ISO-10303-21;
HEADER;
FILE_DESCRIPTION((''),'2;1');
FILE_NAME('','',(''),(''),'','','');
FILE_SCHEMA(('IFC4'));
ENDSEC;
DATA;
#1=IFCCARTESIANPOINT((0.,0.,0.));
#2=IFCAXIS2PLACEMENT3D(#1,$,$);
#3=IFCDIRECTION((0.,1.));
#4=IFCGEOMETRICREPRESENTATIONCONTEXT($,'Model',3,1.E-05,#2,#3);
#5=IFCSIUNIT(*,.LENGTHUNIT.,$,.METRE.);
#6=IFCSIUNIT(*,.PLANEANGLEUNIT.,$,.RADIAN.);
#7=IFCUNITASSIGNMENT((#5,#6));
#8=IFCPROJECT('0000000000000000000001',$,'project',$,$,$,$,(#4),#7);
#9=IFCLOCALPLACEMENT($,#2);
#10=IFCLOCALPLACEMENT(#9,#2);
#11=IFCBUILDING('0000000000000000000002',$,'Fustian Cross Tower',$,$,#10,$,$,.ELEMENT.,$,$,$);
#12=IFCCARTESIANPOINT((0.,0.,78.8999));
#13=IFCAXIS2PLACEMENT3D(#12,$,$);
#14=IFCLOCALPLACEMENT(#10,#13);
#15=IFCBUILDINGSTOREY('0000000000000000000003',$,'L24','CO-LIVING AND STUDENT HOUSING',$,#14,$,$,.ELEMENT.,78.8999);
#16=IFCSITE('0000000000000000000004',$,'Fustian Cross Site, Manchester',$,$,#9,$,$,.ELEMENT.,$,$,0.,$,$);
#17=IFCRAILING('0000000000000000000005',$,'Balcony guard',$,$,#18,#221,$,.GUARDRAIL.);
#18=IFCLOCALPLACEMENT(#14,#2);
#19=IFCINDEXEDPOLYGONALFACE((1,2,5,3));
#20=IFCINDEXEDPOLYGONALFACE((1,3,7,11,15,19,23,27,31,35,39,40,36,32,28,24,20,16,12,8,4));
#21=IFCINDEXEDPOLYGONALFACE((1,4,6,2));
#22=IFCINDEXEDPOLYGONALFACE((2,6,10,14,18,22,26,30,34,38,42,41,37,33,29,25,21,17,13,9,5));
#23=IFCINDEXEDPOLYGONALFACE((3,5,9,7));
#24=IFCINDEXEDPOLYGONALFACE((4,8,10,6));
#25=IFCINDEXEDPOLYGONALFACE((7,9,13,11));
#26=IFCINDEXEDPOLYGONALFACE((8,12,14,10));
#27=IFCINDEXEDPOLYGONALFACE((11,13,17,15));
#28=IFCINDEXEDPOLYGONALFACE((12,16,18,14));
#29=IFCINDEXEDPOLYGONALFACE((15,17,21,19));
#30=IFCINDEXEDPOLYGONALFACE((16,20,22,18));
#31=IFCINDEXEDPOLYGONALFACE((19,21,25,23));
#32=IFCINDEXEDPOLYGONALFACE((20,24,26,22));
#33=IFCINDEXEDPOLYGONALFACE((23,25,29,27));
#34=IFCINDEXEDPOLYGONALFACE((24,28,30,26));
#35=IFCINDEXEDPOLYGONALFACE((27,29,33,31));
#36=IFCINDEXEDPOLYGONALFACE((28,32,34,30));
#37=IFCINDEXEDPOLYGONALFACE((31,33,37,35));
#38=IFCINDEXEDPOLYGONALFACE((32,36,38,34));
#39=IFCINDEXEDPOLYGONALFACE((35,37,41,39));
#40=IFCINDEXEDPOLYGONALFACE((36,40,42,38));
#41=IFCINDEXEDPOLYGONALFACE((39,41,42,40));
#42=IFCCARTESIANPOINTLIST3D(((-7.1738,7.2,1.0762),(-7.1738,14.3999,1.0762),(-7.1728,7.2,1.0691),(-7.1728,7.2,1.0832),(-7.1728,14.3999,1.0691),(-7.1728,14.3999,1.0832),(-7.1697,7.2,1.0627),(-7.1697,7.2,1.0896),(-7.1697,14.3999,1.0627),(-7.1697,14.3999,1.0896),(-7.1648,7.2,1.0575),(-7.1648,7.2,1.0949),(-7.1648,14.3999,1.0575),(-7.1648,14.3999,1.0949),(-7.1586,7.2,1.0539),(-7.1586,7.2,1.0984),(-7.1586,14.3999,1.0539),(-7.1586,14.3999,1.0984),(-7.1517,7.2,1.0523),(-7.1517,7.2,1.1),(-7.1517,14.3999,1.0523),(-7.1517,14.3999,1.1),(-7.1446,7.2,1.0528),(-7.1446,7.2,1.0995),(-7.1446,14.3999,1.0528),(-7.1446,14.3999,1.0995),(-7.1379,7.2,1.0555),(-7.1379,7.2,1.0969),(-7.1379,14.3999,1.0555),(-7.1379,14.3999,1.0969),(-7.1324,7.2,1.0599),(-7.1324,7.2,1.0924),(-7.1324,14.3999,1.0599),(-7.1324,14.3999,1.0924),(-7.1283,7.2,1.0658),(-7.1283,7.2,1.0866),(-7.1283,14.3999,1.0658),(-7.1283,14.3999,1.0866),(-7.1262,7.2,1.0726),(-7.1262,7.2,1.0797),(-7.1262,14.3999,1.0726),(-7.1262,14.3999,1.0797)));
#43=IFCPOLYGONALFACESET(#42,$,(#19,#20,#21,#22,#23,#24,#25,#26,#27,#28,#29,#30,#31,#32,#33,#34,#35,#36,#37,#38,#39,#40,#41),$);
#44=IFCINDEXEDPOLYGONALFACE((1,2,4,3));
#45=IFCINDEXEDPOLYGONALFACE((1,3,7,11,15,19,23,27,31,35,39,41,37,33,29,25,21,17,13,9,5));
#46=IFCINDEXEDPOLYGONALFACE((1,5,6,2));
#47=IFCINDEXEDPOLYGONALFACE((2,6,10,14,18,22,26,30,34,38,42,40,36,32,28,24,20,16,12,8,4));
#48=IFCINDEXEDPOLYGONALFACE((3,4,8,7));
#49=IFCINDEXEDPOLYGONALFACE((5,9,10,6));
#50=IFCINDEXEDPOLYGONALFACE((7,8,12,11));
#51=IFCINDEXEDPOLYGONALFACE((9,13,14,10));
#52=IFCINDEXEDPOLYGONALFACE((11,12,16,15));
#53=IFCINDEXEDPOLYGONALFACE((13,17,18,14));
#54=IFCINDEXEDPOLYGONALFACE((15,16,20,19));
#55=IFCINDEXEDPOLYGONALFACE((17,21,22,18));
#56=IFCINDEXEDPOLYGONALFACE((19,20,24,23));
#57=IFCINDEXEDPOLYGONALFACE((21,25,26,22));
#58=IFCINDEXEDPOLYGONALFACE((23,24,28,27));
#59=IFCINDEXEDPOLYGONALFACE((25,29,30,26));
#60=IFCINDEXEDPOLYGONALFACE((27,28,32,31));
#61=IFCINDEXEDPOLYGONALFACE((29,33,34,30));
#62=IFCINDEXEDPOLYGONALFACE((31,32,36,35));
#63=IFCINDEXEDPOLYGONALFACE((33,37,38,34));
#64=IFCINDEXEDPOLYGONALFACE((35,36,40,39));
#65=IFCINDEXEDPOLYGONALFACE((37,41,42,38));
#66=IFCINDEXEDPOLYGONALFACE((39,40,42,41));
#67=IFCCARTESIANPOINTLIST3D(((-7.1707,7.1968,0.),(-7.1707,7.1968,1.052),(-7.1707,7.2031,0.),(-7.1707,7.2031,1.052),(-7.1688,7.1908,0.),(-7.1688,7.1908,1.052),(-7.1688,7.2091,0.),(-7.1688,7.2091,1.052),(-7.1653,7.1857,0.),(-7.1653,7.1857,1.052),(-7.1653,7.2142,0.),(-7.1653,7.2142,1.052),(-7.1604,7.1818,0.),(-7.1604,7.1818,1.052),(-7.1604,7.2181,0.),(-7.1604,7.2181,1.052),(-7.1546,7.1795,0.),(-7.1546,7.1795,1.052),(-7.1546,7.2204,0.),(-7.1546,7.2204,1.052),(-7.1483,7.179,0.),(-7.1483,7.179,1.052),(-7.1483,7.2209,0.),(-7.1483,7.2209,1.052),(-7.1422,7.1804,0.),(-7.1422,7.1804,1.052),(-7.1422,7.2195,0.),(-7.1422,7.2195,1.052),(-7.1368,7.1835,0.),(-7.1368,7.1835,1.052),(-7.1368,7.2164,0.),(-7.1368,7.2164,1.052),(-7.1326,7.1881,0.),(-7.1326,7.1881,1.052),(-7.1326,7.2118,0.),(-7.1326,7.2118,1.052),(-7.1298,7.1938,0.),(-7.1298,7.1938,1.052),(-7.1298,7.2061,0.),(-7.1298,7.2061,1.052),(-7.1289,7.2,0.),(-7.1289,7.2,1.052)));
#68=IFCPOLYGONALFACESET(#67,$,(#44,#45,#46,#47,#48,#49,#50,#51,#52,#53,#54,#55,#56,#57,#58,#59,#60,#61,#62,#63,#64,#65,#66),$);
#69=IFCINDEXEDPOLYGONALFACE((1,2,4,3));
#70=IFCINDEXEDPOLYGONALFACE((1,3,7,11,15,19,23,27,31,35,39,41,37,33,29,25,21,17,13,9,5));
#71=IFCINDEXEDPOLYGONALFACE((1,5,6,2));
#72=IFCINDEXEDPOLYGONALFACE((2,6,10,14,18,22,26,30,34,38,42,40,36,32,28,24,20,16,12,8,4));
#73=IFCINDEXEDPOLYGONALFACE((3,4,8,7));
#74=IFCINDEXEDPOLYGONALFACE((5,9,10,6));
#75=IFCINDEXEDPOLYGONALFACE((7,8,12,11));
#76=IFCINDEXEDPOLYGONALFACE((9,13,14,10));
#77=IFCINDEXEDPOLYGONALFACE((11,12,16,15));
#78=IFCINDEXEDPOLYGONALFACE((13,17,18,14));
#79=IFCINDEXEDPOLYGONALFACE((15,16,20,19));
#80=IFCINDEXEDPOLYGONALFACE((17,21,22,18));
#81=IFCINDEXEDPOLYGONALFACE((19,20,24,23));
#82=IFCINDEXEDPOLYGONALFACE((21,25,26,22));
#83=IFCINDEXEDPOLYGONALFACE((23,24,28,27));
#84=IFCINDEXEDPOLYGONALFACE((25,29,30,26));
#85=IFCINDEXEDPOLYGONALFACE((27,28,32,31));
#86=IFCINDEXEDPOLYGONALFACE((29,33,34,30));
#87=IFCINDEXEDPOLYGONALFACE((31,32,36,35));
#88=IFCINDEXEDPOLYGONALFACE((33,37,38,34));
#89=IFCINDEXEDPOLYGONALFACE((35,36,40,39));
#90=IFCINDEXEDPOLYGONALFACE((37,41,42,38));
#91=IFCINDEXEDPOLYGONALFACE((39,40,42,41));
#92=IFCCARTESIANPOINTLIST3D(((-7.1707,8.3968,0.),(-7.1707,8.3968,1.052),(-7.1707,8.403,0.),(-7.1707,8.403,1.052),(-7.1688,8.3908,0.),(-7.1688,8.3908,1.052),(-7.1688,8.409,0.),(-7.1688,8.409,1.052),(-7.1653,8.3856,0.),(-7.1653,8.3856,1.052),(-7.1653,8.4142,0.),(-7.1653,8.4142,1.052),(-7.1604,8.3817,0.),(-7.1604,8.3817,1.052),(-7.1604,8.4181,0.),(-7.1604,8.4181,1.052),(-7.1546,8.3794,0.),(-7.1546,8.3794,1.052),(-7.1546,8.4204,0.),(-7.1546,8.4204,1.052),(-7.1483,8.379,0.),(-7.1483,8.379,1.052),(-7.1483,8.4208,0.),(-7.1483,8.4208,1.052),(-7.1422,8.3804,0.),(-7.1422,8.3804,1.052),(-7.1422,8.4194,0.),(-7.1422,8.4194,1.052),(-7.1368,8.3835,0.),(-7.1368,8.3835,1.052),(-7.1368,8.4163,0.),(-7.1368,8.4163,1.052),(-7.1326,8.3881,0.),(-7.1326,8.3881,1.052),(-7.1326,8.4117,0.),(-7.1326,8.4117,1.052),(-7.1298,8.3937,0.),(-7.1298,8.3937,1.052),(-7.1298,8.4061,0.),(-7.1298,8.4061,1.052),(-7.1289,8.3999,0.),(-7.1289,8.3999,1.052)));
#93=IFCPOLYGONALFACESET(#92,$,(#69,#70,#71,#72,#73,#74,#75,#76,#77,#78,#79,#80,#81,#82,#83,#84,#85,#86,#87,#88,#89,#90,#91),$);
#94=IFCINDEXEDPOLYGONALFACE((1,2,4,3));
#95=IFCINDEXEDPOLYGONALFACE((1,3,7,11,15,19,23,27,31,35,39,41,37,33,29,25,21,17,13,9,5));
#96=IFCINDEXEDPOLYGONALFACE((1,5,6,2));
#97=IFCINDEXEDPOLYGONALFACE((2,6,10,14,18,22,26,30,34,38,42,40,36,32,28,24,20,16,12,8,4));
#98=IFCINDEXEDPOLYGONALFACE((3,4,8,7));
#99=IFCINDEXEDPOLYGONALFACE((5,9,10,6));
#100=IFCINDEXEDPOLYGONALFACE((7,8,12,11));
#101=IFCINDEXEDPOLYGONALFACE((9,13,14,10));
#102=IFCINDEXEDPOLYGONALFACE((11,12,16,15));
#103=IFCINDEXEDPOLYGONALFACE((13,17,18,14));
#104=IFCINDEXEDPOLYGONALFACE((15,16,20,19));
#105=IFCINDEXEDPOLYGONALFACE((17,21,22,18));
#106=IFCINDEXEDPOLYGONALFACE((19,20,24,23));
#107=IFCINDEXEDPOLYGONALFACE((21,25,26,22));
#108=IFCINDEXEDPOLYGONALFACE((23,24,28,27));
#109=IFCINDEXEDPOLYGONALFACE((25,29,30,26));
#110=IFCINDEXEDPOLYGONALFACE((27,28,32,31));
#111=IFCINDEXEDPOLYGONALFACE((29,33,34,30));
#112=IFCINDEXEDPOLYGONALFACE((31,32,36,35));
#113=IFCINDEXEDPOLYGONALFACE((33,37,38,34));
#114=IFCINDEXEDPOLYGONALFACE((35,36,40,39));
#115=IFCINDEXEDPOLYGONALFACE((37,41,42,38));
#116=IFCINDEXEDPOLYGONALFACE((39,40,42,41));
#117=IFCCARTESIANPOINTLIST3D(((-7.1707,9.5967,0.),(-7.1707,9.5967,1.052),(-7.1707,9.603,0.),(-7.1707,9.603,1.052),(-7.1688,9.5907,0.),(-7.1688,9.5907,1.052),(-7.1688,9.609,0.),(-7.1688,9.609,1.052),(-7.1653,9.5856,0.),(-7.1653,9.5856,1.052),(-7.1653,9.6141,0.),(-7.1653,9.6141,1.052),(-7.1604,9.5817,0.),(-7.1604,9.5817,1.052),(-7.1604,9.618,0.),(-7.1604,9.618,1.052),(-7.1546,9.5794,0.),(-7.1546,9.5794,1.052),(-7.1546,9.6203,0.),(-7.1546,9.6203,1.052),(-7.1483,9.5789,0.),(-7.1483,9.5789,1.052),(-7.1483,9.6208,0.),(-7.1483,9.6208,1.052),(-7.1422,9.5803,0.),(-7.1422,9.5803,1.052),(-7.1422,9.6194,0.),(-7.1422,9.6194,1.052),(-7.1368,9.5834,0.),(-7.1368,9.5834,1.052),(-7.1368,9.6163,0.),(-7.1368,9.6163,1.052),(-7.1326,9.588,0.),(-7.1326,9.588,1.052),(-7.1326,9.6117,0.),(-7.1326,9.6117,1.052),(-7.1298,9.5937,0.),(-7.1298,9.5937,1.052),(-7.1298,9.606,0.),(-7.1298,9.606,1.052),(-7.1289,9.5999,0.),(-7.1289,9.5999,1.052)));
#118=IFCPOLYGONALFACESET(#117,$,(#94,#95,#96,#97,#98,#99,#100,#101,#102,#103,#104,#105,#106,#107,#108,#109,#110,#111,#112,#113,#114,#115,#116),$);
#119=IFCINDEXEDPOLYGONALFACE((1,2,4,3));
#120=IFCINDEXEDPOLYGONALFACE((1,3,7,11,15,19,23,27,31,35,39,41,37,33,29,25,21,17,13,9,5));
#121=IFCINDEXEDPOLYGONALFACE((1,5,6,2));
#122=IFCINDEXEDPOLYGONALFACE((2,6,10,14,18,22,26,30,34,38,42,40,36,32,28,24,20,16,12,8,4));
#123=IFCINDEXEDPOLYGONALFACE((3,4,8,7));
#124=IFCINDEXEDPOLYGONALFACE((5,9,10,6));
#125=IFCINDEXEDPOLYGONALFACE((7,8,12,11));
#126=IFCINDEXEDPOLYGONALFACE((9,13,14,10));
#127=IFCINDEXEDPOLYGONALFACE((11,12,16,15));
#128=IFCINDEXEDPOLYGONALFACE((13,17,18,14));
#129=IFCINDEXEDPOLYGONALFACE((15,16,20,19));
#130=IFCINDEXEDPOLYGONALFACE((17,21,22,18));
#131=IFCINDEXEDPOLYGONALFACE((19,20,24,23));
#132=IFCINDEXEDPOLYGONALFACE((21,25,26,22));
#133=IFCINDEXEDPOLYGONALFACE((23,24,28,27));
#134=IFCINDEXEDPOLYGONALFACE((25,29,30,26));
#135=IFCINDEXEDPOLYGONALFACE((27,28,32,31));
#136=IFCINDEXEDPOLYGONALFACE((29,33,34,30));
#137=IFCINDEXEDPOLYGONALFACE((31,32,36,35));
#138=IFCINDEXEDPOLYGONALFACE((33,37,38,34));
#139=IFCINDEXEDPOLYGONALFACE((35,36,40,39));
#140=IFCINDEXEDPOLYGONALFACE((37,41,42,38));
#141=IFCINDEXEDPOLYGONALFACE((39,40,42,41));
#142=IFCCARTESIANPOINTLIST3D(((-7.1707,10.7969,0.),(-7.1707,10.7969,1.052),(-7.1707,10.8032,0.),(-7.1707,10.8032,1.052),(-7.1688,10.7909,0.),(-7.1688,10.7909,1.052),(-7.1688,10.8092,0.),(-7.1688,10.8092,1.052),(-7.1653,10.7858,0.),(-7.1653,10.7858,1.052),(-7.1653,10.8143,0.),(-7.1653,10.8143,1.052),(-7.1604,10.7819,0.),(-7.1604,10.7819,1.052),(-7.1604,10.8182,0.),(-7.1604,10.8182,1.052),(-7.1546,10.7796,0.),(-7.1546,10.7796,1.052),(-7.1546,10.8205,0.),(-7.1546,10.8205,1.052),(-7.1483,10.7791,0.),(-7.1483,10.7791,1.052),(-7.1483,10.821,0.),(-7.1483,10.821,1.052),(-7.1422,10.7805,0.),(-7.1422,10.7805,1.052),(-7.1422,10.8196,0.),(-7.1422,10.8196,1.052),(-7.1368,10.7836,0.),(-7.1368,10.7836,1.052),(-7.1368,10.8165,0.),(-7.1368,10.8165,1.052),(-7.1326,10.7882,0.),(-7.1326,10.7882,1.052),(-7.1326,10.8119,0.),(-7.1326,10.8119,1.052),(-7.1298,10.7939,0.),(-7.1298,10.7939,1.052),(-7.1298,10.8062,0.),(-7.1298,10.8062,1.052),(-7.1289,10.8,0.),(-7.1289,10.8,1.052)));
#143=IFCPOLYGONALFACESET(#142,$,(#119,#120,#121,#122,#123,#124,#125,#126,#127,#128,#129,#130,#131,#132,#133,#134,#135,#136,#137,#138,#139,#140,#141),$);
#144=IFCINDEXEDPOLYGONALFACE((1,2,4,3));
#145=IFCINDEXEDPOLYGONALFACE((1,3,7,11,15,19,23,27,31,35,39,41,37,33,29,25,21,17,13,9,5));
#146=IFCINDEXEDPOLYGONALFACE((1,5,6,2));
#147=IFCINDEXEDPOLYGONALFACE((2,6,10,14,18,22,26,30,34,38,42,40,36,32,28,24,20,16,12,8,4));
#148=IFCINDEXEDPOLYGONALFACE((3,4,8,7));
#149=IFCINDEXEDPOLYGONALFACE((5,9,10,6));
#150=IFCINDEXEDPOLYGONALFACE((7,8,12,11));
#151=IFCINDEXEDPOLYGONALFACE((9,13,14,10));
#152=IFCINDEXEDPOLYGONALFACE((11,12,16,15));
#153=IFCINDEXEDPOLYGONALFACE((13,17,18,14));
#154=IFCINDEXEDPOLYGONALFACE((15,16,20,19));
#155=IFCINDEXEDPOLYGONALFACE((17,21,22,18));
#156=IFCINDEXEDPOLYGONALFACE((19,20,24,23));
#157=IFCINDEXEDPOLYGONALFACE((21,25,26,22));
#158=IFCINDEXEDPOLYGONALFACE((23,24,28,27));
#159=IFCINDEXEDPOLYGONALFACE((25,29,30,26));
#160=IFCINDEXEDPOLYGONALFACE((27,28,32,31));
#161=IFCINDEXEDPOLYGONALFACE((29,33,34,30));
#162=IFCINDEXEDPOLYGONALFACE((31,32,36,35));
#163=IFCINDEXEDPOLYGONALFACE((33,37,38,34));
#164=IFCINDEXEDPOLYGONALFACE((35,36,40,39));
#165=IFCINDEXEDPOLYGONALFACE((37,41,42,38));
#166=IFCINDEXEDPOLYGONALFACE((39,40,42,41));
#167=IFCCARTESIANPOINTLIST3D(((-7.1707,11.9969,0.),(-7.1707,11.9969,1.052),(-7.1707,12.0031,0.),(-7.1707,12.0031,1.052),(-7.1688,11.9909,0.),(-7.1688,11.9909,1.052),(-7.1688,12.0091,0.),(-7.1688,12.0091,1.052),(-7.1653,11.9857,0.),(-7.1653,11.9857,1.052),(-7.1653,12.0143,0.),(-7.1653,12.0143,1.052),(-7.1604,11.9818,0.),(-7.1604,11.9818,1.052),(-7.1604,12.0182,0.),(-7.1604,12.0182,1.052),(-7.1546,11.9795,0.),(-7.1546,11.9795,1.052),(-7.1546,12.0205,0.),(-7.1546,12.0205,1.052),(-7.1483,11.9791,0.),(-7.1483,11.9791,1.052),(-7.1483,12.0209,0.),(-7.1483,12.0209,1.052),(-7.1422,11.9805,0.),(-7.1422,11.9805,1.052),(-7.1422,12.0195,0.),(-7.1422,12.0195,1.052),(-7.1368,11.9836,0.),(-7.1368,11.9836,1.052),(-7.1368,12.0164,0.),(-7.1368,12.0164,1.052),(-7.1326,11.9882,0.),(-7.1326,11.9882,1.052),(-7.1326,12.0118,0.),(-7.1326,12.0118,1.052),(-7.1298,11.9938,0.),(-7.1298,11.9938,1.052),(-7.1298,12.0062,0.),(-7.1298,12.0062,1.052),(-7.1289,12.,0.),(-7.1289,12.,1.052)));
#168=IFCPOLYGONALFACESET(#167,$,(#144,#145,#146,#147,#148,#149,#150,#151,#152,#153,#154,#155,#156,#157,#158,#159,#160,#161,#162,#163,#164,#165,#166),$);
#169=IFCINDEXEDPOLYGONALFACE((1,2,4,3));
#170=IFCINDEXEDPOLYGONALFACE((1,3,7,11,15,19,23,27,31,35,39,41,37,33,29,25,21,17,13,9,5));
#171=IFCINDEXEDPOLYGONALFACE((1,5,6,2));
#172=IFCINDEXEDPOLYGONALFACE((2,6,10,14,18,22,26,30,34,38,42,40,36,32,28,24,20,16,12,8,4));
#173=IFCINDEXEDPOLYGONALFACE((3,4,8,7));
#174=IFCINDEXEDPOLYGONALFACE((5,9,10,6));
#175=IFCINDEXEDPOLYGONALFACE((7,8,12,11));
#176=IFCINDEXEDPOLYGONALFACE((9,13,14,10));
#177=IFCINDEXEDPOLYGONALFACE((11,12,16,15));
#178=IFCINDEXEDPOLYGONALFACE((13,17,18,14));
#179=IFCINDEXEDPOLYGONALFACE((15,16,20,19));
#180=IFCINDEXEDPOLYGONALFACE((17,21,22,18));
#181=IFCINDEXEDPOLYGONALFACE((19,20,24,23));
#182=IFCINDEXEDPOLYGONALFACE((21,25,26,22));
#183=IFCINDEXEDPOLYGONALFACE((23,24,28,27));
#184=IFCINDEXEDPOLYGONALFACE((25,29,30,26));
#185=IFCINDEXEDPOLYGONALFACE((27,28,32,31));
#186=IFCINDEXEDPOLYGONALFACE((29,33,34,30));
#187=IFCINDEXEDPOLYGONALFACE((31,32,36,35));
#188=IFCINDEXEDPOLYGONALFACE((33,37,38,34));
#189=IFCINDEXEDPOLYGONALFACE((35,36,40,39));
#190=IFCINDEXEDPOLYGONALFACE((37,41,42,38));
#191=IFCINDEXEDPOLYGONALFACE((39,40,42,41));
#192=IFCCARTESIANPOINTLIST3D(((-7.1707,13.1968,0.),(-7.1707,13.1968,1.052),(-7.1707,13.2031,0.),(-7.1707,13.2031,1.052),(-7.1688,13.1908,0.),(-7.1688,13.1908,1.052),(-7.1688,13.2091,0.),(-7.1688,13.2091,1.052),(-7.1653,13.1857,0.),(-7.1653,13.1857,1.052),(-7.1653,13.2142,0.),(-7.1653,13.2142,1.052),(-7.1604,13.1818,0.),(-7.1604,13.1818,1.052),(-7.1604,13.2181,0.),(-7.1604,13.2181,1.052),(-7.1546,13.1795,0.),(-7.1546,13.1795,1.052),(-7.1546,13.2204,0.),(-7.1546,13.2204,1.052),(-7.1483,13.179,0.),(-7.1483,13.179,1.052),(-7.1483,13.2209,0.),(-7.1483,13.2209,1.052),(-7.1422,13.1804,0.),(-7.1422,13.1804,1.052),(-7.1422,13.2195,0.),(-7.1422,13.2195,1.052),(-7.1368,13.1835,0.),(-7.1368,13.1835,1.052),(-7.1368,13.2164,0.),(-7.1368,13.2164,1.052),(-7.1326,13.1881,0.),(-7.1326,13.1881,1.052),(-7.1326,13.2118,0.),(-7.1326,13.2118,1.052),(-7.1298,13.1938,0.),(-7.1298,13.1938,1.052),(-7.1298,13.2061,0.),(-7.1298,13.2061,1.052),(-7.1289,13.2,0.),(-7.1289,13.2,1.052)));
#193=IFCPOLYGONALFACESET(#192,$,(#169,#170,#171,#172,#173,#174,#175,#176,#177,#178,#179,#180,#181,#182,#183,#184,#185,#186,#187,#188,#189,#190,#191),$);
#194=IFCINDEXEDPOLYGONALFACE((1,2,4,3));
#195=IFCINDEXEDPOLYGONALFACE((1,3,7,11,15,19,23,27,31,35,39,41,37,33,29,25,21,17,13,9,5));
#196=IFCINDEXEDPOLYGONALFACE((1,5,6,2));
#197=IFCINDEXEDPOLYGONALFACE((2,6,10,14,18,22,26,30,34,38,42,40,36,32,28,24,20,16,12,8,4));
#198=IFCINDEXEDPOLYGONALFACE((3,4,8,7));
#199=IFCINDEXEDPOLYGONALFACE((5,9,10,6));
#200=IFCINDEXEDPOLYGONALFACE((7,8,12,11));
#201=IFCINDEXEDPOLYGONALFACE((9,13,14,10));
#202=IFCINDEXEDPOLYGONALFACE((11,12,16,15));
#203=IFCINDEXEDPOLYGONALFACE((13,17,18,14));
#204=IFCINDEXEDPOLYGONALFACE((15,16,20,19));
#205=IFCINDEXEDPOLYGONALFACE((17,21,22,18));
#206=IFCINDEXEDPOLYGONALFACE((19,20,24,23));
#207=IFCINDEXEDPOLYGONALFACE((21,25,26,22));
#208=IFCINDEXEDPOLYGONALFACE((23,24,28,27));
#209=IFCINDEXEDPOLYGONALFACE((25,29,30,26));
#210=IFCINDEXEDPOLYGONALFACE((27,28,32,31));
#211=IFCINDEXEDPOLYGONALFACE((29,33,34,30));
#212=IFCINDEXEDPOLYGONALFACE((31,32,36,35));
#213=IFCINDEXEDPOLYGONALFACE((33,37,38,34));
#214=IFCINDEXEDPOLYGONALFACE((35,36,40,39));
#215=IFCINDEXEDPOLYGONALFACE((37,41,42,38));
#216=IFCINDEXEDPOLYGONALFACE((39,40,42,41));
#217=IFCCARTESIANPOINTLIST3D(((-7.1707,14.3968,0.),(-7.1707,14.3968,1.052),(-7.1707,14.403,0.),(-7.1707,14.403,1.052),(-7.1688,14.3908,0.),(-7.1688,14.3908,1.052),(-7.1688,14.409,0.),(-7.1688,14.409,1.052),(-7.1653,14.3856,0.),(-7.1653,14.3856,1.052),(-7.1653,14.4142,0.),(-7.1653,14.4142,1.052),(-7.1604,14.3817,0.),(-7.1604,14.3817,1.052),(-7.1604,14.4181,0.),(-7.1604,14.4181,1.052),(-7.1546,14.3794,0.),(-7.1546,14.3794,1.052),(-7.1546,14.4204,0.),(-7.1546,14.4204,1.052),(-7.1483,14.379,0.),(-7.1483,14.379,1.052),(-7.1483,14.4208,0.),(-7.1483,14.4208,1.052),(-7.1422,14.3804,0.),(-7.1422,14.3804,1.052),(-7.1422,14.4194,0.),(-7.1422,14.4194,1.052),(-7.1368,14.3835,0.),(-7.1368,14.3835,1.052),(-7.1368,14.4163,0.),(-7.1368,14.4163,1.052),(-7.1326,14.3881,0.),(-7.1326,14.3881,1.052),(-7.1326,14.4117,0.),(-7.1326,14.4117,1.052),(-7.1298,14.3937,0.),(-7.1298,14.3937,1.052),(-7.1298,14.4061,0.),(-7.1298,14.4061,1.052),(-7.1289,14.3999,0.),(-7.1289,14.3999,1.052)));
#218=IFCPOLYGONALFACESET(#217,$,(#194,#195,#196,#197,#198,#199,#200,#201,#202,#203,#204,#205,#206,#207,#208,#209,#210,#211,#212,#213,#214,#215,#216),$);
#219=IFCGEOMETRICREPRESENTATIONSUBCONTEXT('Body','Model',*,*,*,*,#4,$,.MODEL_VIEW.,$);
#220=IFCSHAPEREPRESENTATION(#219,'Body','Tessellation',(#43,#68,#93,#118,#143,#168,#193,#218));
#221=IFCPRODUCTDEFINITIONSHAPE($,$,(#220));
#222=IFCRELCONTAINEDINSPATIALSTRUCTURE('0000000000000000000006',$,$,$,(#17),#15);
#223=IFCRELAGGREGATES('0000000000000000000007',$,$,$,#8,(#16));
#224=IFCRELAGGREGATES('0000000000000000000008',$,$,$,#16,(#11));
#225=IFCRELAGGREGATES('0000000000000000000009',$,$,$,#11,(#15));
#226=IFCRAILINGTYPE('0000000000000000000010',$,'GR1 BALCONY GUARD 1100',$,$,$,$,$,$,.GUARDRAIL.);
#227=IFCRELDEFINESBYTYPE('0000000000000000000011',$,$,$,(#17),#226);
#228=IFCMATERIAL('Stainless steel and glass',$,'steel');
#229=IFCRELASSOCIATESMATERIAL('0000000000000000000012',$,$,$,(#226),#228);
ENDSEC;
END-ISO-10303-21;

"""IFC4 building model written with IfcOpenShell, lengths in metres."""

from ifc_helpers import new_model, si_unit, direction, frame, origin, origin_2d, place, context, subcontext, project, spatial, circle, extrude, material, type_object, element, save


model = new_model("IFC4")

# Units and contexts
model_context = context("Model", 3, precision=1e-05, world=origin(), true_north=direction((0.0, 1.0)))
body_context = subcontext(model_context, "Body", "Model", "MODEL_VIEW")
ifc_project = project(units=[si_unit("LENGTHUNIT", "METRE"), si_unit("PLANEANGLEUNIT", "RADIAN")], contexts=[model_context])

# Site, building, storey
site_placement = place(None, origin())
site = spatial("IfcSite", under=ifc_project, at=site_placement, Name="Fustian Cross Site, Manchester", CompositionType="ELEMENT", RefElevation=0.0)
building_placement = place(site_placement, origin())
building = spatial("IfcBuilding", under=site, at=building_placement, Name="Fustian Cross Tower", CompositionType="ELEMENT")
storey_placement = place(building_placement, frame((0.0, 0.0, 78.8999)))
storey = spatial("IfcBuildingStorey", under=building, at=storey_placement, Name="L24", Description="CO-LIVING AND STUDENT HOUSING", CompositionType="ELEMENT", Elevation=78.8999)

# Railing
ifc_material_1 = material(Name="Stainless steel and glass", Category="steel")
railing_type = type_object("IfcRailingType", Name="GR1 BALCONY GUARD 1100", PredefinedType="GUARDRAIL", material=ifc_material_1)
railing_placement = place(storey_placement, frame((-7.1499, 7.2, 0.0)))
element("IfcRailing", 1, at=railing_placement, inside=storey, type_object=railing_type, Name="Balcony guard", PredefinedType="GUARDRAIL", context=body_context, shape_type="SweptSolid", body=[
    extrude(circle(Radius=0.0239, at=origin_2d()), frame((0.0, 0.0, 1.0762), z_axis=(0.0, 1.0, 0.0), x_axis=(-1.0, 0.0, 0.0)), (0.0, 0.0, 1.0), 7.2),
    extrude(circle(Radius=0.021, at=origin_2d()), origin(), (0.0, 0.0, 1.0), 1.052),
    extrude(circle(Radius=0.021, at=origin_2d()), frame((0.0, 1.2, 0.0)), (0.0, 0.0, 1.0), 1.052),
    extrude(circle(Radius=0.021, at=origin_2d()), frame((0.0, 2.3999, 0.0)), (0.0, 0.0, 1.0), 1.052),
    extrude(circle(Radius=0.021, at=origin_2d()), frame((0.0, 3.6001, 0.0)), (0.0, 0.0, 1.0), 1.052),
    extrude(circle(Radius=0.021, at=origin_2d()), frame((0.0, 4.8, 0.0)), (0.0, 0.0, 1.0), 1.052),
    extrude(circle(Radius=0.021, at=origin_2d()), frame((0.0, 6.0, 0.0)), (0.0, 0.0, 1.0), 1.052),
    extrude(circle(Radius=0.021, at=origin_2d()), frame((0.0, 7.2, 0.0)), (0.0, 0.0, 1.0), 1.052),
])

save(model, "model.ifc")
